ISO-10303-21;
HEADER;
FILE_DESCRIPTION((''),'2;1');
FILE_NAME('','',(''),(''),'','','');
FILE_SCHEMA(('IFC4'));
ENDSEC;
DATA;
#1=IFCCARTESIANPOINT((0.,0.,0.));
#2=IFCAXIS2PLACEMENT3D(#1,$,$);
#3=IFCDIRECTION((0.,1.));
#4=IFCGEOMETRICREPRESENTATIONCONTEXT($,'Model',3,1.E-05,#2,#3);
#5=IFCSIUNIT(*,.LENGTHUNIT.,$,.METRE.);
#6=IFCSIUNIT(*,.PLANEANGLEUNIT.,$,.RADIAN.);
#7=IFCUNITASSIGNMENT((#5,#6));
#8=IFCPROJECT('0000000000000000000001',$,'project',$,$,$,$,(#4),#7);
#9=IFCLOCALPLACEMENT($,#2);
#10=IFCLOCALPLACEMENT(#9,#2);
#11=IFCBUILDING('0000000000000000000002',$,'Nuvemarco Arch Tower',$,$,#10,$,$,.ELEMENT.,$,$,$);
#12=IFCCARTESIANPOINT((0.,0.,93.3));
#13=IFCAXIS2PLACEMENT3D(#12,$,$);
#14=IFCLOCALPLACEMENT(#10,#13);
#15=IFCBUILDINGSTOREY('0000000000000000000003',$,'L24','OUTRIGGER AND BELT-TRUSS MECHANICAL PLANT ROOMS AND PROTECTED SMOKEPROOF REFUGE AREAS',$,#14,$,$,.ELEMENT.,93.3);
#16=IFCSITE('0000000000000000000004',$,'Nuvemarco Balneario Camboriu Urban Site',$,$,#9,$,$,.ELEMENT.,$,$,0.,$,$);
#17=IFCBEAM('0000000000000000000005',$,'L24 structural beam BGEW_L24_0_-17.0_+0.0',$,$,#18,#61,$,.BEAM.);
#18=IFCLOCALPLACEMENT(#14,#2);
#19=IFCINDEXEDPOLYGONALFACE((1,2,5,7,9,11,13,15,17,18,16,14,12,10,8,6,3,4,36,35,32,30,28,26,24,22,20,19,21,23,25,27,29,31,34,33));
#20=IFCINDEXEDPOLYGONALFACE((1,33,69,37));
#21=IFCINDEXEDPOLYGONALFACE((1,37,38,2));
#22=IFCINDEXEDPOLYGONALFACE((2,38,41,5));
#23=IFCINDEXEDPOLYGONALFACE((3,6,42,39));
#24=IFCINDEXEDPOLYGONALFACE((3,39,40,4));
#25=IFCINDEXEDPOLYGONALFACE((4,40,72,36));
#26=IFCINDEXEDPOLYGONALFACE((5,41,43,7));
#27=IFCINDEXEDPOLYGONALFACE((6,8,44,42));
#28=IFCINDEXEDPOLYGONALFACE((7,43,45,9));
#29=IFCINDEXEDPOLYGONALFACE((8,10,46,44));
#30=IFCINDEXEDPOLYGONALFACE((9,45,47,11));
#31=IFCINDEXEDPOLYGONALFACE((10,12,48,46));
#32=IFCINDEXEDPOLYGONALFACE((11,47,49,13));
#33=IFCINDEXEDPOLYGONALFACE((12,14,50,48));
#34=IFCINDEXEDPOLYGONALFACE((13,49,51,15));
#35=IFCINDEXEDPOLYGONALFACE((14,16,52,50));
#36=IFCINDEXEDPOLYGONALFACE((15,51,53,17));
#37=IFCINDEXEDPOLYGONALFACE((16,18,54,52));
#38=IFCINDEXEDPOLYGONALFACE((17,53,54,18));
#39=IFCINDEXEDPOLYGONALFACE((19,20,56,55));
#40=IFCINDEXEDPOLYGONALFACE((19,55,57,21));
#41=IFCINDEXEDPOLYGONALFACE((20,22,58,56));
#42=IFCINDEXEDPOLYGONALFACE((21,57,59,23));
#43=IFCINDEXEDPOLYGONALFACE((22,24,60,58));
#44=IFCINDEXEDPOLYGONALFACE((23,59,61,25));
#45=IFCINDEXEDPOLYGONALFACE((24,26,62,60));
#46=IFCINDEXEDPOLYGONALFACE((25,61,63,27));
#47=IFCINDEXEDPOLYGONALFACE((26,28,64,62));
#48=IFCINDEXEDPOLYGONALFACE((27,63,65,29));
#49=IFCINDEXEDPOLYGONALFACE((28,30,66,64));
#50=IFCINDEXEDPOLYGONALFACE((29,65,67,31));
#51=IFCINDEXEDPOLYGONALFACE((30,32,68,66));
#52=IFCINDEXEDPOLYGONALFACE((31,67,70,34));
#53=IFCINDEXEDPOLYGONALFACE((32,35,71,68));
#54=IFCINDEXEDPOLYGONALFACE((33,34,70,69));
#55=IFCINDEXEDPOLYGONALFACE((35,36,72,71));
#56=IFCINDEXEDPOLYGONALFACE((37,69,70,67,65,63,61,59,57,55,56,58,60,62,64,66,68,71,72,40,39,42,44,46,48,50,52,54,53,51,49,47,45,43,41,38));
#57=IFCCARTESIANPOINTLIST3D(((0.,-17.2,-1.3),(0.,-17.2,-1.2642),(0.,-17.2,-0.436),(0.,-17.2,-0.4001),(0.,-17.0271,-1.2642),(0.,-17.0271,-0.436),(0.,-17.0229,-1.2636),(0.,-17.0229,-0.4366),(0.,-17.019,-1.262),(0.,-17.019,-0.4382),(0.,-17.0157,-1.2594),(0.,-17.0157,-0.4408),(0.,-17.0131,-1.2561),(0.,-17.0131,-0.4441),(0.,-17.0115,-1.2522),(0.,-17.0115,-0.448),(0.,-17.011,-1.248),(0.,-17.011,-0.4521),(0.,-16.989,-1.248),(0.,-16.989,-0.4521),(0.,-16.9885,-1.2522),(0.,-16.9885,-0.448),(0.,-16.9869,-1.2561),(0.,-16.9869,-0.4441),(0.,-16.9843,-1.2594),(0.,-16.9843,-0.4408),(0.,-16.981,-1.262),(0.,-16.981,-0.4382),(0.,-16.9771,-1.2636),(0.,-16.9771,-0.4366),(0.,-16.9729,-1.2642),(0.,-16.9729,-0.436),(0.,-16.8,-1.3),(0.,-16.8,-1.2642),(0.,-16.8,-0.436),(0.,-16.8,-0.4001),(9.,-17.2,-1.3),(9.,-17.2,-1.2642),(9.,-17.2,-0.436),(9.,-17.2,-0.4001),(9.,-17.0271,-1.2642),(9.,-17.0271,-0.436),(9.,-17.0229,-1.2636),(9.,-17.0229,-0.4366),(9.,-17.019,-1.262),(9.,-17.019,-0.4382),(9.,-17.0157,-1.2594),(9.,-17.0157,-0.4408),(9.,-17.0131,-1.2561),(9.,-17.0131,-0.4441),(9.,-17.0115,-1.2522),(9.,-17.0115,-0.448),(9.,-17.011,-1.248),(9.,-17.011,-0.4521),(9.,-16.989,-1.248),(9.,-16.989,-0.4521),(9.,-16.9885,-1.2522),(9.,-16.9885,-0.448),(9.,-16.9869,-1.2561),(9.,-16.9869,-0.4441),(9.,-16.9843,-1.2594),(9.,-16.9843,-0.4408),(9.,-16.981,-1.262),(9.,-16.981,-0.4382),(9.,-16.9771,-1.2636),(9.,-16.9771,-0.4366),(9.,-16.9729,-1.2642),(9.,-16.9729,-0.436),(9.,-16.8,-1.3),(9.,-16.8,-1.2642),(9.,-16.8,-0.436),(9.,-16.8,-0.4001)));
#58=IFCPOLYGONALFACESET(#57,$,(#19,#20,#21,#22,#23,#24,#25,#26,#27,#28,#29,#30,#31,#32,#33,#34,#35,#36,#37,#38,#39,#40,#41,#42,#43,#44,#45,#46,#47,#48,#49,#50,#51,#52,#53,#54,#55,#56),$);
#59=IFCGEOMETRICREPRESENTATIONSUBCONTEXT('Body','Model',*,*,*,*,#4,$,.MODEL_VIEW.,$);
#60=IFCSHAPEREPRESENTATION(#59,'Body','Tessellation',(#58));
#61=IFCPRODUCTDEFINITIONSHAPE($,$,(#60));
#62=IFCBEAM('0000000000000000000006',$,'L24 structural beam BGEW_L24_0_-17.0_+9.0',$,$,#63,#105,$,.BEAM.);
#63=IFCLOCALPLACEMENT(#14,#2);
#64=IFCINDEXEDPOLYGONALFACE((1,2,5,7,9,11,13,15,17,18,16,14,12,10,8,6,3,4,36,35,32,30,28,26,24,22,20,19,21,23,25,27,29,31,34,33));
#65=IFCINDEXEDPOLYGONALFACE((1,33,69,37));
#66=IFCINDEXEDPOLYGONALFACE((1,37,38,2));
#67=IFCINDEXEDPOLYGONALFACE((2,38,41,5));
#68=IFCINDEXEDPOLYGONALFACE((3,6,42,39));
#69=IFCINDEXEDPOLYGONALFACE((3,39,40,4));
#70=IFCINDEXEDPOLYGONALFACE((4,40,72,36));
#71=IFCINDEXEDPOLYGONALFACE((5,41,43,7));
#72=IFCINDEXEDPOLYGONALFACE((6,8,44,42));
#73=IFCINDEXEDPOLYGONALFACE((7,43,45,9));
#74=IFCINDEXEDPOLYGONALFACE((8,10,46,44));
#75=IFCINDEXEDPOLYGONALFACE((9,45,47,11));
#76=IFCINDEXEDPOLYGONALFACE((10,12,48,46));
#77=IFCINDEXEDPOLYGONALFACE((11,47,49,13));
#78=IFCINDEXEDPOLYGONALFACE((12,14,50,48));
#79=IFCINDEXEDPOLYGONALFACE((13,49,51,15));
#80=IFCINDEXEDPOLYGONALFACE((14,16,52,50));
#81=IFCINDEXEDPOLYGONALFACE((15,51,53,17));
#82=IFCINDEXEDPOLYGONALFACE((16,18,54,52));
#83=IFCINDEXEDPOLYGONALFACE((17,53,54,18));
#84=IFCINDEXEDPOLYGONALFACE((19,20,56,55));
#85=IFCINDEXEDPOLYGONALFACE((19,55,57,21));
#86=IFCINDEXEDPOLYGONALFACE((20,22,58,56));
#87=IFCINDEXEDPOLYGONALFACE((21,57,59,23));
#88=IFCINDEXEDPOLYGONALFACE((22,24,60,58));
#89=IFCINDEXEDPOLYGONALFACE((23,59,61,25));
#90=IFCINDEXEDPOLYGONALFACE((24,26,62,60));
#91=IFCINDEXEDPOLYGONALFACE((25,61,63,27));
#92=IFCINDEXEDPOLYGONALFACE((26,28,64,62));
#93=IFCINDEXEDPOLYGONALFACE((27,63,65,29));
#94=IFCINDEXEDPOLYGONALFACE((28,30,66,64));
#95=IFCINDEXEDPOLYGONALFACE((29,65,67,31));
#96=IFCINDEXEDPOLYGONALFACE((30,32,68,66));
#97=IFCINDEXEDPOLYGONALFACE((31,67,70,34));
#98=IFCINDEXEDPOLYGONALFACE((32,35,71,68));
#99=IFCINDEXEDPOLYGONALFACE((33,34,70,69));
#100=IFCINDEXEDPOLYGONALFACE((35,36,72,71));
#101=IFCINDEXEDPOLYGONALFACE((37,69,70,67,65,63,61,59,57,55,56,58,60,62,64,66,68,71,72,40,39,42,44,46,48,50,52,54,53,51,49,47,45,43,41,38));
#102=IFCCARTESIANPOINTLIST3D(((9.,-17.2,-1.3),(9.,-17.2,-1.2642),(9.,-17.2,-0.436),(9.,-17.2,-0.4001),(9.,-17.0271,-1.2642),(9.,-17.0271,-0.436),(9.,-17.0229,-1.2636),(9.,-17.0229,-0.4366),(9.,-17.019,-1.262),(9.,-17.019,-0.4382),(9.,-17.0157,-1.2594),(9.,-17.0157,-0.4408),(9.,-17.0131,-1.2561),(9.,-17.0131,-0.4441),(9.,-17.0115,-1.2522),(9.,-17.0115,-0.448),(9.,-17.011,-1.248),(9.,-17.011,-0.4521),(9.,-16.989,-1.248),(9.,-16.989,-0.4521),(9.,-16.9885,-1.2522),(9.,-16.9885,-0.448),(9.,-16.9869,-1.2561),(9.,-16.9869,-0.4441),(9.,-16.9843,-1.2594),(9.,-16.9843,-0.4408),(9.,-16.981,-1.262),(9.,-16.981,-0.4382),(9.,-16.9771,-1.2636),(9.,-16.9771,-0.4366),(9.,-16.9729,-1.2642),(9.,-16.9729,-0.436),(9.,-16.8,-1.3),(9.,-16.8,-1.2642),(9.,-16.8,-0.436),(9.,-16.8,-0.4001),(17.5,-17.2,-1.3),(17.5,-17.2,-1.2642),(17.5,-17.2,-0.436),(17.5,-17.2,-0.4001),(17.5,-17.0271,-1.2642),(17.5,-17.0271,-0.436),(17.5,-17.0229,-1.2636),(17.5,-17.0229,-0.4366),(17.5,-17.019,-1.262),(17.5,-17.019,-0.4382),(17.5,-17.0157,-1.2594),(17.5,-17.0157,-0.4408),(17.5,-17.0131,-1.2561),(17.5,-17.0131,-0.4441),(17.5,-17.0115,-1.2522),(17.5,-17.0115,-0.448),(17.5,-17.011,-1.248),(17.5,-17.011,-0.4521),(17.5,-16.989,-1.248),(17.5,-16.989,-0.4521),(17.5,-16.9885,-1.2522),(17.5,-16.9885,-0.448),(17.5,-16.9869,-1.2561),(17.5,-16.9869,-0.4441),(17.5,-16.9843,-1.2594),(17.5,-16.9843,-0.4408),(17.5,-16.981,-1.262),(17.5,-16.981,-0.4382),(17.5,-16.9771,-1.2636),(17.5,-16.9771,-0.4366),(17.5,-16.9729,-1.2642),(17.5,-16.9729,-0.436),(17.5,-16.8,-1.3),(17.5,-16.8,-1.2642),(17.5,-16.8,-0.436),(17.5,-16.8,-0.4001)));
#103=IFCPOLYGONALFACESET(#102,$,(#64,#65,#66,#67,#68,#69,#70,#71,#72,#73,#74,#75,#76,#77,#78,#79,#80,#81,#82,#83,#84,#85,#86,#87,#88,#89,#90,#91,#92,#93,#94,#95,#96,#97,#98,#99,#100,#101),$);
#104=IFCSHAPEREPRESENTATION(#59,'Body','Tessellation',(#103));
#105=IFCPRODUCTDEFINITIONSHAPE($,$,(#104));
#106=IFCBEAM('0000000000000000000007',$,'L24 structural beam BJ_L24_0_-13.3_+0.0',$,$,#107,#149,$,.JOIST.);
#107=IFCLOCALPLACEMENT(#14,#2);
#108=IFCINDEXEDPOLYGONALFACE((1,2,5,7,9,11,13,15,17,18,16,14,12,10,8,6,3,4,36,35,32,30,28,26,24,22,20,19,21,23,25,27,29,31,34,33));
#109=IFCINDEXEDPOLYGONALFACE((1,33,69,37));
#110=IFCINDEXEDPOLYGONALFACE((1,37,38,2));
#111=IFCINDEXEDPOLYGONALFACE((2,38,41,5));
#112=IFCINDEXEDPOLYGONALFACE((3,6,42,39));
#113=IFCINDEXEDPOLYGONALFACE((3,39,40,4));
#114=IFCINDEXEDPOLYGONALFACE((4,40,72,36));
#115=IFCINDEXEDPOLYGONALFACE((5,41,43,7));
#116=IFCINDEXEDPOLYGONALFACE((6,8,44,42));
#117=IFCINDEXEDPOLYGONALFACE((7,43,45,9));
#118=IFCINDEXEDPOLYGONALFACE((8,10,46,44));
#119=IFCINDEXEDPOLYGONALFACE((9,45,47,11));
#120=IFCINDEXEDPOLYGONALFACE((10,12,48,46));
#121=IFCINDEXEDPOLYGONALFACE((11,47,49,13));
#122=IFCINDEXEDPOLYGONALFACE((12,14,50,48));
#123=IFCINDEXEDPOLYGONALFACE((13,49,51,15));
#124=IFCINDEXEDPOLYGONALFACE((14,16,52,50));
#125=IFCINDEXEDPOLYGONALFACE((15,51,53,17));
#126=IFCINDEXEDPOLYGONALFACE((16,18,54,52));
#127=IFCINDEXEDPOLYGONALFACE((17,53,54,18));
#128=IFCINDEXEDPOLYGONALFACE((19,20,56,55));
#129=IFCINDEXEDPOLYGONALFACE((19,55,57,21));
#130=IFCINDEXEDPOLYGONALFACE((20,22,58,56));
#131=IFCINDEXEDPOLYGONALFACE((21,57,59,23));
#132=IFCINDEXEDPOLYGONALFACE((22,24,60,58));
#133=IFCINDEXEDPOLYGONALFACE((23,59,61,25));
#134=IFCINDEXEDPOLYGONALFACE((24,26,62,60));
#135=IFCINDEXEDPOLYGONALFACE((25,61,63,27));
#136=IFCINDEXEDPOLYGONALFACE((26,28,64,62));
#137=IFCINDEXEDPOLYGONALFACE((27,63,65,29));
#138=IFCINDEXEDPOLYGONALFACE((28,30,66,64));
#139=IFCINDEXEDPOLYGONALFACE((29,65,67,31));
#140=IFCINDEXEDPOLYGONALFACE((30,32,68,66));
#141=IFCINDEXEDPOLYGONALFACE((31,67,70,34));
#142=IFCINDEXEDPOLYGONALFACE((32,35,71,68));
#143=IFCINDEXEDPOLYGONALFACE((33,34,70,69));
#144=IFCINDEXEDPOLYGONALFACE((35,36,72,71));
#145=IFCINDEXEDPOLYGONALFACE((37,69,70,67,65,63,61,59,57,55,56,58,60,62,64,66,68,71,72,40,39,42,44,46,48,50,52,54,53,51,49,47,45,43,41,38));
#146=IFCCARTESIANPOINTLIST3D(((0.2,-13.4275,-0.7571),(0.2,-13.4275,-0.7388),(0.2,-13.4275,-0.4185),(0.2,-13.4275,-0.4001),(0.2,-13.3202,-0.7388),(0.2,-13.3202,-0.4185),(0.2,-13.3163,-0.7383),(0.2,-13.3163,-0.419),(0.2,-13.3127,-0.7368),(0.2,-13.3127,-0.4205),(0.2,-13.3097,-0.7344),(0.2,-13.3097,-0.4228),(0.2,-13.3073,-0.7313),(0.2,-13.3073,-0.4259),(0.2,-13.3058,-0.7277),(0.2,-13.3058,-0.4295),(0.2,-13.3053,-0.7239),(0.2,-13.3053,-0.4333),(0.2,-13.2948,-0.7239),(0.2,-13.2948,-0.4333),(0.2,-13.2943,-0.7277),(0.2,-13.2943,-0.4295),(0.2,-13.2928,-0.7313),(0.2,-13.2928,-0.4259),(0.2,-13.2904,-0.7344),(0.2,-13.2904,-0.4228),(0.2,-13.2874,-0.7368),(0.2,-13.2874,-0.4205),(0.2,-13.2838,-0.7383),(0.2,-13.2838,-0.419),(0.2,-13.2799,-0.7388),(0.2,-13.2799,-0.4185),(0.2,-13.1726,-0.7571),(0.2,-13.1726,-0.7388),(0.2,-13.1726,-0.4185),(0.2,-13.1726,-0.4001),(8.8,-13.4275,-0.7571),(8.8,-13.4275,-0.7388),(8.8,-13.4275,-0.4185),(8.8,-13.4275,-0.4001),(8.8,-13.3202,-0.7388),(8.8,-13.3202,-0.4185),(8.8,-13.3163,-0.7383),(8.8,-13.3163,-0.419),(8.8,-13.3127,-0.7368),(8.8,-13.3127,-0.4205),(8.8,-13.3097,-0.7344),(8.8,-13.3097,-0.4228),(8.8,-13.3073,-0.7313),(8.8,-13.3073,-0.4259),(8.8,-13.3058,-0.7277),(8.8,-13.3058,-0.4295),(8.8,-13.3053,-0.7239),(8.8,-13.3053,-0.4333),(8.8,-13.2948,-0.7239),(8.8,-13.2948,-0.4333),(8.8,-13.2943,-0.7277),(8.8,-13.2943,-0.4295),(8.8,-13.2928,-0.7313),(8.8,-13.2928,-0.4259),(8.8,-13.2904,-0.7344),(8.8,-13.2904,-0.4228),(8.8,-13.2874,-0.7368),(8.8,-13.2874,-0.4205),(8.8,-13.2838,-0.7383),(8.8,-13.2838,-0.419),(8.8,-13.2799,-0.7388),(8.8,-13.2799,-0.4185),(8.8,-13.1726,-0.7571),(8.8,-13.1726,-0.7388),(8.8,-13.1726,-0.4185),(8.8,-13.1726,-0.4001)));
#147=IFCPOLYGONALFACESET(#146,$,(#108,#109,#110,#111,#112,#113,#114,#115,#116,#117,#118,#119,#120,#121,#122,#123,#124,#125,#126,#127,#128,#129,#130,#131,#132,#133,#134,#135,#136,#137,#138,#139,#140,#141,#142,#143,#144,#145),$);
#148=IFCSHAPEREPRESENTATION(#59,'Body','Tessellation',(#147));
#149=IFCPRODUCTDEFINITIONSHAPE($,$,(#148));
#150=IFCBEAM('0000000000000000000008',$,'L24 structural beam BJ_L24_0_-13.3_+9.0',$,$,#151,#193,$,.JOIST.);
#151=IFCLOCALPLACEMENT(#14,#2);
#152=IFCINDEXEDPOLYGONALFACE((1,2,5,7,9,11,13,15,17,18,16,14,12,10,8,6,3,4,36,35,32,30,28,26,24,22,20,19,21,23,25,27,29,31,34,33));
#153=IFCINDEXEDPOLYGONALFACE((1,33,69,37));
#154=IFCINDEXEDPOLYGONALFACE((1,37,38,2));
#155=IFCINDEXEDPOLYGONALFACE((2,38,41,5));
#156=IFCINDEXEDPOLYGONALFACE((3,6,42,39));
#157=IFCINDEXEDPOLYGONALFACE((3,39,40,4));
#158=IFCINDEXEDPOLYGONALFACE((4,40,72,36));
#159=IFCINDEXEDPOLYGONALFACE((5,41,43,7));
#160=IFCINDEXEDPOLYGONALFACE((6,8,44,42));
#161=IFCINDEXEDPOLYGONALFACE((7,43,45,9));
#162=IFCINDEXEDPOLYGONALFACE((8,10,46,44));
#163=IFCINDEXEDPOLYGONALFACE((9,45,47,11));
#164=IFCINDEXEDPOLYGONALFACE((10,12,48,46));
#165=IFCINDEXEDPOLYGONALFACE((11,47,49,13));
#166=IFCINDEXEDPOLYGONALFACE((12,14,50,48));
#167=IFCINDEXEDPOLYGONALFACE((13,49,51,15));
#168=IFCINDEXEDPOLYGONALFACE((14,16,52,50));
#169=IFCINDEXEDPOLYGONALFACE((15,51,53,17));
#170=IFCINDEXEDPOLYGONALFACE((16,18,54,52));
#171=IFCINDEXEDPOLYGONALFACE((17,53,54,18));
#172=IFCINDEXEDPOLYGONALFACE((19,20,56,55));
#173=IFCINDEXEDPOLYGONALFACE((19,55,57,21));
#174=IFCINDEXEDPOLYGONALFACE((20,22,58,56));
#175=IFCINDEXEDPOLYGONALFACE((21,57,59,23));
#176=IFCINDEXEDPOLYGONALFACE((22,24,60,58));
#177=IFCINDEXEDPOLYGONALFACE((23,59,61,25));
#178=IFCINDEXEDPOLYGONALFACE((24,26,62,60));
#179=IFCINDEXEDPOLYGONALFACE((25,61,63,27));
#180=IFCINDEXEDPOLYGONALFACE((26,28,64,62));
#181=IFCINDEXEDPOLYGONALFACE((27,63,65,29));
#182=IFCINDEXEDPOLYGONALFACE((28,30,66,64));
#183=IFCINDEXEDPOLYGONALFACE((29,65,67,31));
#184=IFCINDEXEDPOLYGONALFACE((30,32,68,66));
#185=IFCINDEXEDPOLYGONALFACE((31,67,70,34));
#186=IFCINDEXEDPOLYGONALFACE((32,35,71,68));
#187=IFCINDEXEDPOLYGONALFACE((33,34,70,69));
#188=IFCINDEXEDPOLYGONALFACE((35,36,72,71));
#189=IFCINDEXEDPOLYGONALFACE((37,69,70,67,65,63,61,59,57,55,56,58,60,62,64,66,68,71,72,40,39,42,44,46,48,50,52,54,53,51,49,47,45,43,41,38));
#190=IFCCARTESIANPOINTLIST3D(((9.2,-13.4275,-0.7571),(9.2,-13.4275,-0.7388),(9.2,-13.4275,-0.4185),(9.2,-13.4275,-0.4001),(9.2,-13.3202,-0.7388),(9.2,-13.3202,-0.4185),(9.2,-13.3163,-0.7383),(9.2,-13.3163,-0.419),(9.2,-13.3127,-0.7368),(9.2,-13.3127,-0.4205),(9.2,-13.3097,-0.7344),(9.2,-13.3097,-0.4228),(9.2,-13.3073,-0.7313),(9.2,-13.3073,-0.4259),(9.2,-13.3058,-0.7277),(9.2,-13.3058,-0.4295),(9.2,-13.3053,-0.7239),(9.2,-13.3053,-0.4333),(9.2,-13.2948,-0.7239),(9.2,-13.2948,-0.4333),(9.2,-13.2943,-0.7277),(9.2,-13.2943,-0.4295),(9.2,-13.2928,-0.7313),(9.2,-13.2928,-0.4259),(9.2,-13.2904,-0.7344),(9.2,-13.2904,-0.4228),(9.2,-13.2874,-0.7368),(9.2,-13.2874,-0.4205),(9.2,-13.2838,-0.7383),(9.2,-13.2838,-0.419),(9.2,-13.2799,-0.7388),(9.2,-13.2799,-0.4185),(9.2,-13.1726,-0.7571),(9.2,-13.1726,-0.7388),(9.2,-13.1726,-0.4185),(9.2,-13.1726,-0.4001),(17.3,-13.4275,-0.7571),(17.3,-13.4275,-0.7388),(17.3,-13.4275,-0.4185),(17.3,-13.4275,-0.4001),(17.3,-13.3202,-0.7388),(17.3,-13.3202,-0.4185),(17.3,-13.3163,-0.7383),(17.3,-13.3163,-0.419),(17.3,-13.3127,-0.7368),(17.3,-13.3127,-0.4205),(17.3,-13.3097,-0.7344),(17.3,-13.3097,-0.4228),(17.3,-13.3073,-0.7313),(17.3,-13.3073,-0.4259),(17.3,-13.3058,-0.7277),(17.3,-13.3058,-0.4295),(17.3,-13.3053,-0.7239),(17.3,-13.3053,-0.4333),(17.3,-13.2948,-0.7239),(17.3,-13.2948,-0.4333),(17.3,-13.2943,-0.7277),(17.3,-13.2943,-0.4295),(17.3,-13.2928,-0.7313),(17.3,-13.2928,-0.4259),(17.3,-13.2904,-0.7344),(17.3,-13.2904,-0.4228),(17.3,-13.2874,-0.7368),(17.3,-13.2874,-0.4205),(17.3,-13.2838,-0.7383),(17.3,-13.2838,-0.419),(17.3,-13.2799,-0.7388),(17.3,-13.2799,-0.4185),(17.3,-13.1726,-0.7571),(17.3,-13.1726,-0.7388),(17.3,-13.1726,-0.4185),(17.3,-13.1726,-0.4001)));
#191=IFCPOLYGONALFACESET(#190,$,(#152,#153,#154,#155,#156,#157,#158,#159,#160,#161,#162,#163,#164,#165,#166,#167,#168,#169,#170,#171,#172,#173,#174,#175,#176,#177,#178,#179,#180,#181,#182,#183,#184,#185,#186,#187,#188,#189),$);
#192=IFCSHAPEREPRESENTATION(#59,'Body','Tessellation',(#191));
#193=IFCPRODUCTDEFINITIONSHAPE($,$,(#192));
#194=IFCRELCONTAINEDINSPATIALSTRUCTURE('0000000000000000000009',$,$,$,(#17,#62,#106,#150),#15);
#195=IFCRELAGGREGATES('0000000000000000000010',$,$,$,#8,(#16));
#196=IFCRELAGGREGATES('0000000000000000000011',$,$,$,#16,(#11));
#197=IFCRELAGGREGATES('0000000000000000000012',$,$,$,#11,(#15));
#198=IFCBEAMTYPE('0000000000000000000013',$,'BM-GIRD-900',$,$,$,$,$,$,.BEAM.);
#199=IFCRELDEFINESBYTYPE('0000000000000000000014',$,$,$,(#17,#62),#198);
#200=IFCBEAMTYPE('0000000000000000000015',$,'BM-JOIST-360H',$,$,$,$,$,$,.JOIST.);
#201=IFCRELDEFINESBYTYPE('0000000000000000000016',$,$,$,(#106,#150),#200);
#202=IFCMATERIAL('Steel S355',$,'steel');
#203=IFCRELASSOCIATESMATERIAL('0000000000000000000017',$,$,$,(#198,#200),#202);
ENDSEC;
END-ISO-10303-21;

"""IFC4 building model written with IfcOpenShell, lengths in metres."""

from ifc_helpers import new_model, si_unit, direction, frame, origin, origin_2d, place, context, subcontext, project, spatial, i_section, extrude, material, material_profile, profile_set, type_object, element, save


model = new_model("IFC4")

# Units and contexts
model_context = context("Model", 3, precision=1e-05, world=origin(), true_north=direction((0.0, 1.0)))
body_context = subcontext(model_context, "Body", "Model", "MODEL_VIEW")
ifc_project = project(units=[si_unit("LENGTHUNIT", "METRE"), si_unit("PLANEANGLEUNIT", "RADIAN")], contexts=[model_context])

# Site, building, storey
site_placement = place(None, origin())
site = spatial("IfcSite", under=ifc_project, at=site_placement, Name="Nuvemarco Balneario Camboriu Urban Site", CompositionType="ELEMENT", RefElevation=0.0)
building_placement = place(site_placement, origin())
building = spatial("IfcBuilding", under=site, at=building_placement, Name="Nuvemarco Arch Tower", CompositionType="ELEMENT")
storey_placement = place(building_placement, frame((0.0, 0.0, 93.3)))
storey = spatial("IfcBuildingStorey", under=building, at=storey_placement, Name="L24", Description="OUTRIGGER AND BELT-TRUSS MECHANICAL PLANT ROOMS AND PROTECTED SMOKEPROOF REFUGE AREAS", CompositionType="ELEMENT", Elevation=93.3)

# Shared definitions
ifc_material_1 = material(Name="Steel S355", Category="steel")

# Beams
ifc_material_profile_1 = material_profile(ifc_material_1, i_section(OverallWidth=0.3999, OverallDepth=0.8999, WebThickness=0.022, FlangeThickness=0.0359, FilletRadius=0.0161, at=origin_2d()), Name="PG900x400")
ifc_profile_set_1 = profile_set([ifc_material_profile_1], Name="Steel S355")
beam_type_1 = type_object("IfcBeamType", Name="BM-GIRD-900", PredefinedType="BEAM", material=ifc_profile_set_1)
beam_1_placement = place(storey_placement, frame((0.0, -17.0, -0.8501), z_axis=(1.0, 0.0, 0.0), x_axis=(0.0, 1.0, 0.0)))
element("IfcBeam", 1, at=beam_1_placement, inside=storey, type_object=beam_type_1, Name="L24 structural beam BGEW_L24_0_-17.0_+0.0", PredefinedType="BEAM", context=body_context, shape_type="SweptSolid", body=[
    extrude(i_section(OverallWidth=0.3999, OverallDepth=0.8999, WebThickness=0.022, FlangeThickness=0.0359, FilletRadius=0.0161, at=origin_2d()), origin(), (0.0, 0.0, 1.0), 9.0),
])
beam_2_placement = place(storey_placement, frame((9.0, -17.0, -0.8501), z_axis=(1.0, 0.0, 0.0), x_axis=(0.0, 1.0, 0.0)))
element("IfcBeam", 2, at=beam_2_placement, inside=storey, type_object=beam_type_1, Name="L24 structural beam BGEW_L24_0_-17.0_+9.0", PredefinedType="BEAM", context=body_context, shape_type="SweptSolid", body=[
    extrude(i_section(OverallWidth=0.3999, OverallDepth=0.8999, WebThickness=0.022, FlangeThickness=0.0359, FilletRadius=0.0161, at=origin_2d()), origin(), (0.0, 0.0, 1.0), 8.5),
])
ifc_material_profile_2 = material_profile(ifc_material_1, i_section(OverallWidth=0.2549, OverallDepth=0.3569, WebThickness=0.0105, FlangeThickness=0.0183, FilletRadius=0.0149, at=origin_2d()), Name="W360x101")
ifc_profile_set_2 = profile_set([ifc_material_profile_2], Name="Steel S355")
beam_type_2 = type_object("IfcBeamType", Name="BM-JOIST-360H", PredefinedType="JOIST", material=ifc_profile_set_2)
beam_3_placement = place(storey_placement, frame((0.2, -13.3, -0.5786), z_axis=(1.0, 0.0, 0.0), x_axis=(0.0, 1.0, 0.0)))
element("IfcBeam", 3, at=beam_3_placement, inside=storey, type_object=beam_type_2, Name="L24 structural beam BJ_L24_0_-13.3_+0.0", PredefinedType="JOIST", context=body_context, shape_type="SweptSolid", body=[
    extrude(i_section(OverallWidth=0.2549, OverallDepth=0.3569, WebThickness=0.0105, FlangeThickness=0.0183, FilletRadius=0.0149, at=origin_2d()), origin(), (0.0, 0.0, 1.0), 8.6001),
])
beam_4_placement = place(storey_placement, frame((9.2, -13.3, -0.5786), z_axis=(1.0, 0.0, 0.0), x_axis=(0.0, 1.0, 0.0)))
element("IfcBeam", 4, at=beam_4_placement, inside=storey, type_object=beam_type_2, Name="L24 structural beam BJ_L24_0_-13.3_+9.0", PredefinedType="JOIST", context=body_context, shape_type="SweptSolid", body=[
    extrude(i_section(OverallWidth=0.2549, OverallDepth=0.3569, WebThickness=0.0105, FlangeThickness=0.0183, FilletRadius=0.0149, at=origin_2d()), origin(), (0.0, 0.0, 1.0), 8.1001),
])

save(model, "model.ifc")
